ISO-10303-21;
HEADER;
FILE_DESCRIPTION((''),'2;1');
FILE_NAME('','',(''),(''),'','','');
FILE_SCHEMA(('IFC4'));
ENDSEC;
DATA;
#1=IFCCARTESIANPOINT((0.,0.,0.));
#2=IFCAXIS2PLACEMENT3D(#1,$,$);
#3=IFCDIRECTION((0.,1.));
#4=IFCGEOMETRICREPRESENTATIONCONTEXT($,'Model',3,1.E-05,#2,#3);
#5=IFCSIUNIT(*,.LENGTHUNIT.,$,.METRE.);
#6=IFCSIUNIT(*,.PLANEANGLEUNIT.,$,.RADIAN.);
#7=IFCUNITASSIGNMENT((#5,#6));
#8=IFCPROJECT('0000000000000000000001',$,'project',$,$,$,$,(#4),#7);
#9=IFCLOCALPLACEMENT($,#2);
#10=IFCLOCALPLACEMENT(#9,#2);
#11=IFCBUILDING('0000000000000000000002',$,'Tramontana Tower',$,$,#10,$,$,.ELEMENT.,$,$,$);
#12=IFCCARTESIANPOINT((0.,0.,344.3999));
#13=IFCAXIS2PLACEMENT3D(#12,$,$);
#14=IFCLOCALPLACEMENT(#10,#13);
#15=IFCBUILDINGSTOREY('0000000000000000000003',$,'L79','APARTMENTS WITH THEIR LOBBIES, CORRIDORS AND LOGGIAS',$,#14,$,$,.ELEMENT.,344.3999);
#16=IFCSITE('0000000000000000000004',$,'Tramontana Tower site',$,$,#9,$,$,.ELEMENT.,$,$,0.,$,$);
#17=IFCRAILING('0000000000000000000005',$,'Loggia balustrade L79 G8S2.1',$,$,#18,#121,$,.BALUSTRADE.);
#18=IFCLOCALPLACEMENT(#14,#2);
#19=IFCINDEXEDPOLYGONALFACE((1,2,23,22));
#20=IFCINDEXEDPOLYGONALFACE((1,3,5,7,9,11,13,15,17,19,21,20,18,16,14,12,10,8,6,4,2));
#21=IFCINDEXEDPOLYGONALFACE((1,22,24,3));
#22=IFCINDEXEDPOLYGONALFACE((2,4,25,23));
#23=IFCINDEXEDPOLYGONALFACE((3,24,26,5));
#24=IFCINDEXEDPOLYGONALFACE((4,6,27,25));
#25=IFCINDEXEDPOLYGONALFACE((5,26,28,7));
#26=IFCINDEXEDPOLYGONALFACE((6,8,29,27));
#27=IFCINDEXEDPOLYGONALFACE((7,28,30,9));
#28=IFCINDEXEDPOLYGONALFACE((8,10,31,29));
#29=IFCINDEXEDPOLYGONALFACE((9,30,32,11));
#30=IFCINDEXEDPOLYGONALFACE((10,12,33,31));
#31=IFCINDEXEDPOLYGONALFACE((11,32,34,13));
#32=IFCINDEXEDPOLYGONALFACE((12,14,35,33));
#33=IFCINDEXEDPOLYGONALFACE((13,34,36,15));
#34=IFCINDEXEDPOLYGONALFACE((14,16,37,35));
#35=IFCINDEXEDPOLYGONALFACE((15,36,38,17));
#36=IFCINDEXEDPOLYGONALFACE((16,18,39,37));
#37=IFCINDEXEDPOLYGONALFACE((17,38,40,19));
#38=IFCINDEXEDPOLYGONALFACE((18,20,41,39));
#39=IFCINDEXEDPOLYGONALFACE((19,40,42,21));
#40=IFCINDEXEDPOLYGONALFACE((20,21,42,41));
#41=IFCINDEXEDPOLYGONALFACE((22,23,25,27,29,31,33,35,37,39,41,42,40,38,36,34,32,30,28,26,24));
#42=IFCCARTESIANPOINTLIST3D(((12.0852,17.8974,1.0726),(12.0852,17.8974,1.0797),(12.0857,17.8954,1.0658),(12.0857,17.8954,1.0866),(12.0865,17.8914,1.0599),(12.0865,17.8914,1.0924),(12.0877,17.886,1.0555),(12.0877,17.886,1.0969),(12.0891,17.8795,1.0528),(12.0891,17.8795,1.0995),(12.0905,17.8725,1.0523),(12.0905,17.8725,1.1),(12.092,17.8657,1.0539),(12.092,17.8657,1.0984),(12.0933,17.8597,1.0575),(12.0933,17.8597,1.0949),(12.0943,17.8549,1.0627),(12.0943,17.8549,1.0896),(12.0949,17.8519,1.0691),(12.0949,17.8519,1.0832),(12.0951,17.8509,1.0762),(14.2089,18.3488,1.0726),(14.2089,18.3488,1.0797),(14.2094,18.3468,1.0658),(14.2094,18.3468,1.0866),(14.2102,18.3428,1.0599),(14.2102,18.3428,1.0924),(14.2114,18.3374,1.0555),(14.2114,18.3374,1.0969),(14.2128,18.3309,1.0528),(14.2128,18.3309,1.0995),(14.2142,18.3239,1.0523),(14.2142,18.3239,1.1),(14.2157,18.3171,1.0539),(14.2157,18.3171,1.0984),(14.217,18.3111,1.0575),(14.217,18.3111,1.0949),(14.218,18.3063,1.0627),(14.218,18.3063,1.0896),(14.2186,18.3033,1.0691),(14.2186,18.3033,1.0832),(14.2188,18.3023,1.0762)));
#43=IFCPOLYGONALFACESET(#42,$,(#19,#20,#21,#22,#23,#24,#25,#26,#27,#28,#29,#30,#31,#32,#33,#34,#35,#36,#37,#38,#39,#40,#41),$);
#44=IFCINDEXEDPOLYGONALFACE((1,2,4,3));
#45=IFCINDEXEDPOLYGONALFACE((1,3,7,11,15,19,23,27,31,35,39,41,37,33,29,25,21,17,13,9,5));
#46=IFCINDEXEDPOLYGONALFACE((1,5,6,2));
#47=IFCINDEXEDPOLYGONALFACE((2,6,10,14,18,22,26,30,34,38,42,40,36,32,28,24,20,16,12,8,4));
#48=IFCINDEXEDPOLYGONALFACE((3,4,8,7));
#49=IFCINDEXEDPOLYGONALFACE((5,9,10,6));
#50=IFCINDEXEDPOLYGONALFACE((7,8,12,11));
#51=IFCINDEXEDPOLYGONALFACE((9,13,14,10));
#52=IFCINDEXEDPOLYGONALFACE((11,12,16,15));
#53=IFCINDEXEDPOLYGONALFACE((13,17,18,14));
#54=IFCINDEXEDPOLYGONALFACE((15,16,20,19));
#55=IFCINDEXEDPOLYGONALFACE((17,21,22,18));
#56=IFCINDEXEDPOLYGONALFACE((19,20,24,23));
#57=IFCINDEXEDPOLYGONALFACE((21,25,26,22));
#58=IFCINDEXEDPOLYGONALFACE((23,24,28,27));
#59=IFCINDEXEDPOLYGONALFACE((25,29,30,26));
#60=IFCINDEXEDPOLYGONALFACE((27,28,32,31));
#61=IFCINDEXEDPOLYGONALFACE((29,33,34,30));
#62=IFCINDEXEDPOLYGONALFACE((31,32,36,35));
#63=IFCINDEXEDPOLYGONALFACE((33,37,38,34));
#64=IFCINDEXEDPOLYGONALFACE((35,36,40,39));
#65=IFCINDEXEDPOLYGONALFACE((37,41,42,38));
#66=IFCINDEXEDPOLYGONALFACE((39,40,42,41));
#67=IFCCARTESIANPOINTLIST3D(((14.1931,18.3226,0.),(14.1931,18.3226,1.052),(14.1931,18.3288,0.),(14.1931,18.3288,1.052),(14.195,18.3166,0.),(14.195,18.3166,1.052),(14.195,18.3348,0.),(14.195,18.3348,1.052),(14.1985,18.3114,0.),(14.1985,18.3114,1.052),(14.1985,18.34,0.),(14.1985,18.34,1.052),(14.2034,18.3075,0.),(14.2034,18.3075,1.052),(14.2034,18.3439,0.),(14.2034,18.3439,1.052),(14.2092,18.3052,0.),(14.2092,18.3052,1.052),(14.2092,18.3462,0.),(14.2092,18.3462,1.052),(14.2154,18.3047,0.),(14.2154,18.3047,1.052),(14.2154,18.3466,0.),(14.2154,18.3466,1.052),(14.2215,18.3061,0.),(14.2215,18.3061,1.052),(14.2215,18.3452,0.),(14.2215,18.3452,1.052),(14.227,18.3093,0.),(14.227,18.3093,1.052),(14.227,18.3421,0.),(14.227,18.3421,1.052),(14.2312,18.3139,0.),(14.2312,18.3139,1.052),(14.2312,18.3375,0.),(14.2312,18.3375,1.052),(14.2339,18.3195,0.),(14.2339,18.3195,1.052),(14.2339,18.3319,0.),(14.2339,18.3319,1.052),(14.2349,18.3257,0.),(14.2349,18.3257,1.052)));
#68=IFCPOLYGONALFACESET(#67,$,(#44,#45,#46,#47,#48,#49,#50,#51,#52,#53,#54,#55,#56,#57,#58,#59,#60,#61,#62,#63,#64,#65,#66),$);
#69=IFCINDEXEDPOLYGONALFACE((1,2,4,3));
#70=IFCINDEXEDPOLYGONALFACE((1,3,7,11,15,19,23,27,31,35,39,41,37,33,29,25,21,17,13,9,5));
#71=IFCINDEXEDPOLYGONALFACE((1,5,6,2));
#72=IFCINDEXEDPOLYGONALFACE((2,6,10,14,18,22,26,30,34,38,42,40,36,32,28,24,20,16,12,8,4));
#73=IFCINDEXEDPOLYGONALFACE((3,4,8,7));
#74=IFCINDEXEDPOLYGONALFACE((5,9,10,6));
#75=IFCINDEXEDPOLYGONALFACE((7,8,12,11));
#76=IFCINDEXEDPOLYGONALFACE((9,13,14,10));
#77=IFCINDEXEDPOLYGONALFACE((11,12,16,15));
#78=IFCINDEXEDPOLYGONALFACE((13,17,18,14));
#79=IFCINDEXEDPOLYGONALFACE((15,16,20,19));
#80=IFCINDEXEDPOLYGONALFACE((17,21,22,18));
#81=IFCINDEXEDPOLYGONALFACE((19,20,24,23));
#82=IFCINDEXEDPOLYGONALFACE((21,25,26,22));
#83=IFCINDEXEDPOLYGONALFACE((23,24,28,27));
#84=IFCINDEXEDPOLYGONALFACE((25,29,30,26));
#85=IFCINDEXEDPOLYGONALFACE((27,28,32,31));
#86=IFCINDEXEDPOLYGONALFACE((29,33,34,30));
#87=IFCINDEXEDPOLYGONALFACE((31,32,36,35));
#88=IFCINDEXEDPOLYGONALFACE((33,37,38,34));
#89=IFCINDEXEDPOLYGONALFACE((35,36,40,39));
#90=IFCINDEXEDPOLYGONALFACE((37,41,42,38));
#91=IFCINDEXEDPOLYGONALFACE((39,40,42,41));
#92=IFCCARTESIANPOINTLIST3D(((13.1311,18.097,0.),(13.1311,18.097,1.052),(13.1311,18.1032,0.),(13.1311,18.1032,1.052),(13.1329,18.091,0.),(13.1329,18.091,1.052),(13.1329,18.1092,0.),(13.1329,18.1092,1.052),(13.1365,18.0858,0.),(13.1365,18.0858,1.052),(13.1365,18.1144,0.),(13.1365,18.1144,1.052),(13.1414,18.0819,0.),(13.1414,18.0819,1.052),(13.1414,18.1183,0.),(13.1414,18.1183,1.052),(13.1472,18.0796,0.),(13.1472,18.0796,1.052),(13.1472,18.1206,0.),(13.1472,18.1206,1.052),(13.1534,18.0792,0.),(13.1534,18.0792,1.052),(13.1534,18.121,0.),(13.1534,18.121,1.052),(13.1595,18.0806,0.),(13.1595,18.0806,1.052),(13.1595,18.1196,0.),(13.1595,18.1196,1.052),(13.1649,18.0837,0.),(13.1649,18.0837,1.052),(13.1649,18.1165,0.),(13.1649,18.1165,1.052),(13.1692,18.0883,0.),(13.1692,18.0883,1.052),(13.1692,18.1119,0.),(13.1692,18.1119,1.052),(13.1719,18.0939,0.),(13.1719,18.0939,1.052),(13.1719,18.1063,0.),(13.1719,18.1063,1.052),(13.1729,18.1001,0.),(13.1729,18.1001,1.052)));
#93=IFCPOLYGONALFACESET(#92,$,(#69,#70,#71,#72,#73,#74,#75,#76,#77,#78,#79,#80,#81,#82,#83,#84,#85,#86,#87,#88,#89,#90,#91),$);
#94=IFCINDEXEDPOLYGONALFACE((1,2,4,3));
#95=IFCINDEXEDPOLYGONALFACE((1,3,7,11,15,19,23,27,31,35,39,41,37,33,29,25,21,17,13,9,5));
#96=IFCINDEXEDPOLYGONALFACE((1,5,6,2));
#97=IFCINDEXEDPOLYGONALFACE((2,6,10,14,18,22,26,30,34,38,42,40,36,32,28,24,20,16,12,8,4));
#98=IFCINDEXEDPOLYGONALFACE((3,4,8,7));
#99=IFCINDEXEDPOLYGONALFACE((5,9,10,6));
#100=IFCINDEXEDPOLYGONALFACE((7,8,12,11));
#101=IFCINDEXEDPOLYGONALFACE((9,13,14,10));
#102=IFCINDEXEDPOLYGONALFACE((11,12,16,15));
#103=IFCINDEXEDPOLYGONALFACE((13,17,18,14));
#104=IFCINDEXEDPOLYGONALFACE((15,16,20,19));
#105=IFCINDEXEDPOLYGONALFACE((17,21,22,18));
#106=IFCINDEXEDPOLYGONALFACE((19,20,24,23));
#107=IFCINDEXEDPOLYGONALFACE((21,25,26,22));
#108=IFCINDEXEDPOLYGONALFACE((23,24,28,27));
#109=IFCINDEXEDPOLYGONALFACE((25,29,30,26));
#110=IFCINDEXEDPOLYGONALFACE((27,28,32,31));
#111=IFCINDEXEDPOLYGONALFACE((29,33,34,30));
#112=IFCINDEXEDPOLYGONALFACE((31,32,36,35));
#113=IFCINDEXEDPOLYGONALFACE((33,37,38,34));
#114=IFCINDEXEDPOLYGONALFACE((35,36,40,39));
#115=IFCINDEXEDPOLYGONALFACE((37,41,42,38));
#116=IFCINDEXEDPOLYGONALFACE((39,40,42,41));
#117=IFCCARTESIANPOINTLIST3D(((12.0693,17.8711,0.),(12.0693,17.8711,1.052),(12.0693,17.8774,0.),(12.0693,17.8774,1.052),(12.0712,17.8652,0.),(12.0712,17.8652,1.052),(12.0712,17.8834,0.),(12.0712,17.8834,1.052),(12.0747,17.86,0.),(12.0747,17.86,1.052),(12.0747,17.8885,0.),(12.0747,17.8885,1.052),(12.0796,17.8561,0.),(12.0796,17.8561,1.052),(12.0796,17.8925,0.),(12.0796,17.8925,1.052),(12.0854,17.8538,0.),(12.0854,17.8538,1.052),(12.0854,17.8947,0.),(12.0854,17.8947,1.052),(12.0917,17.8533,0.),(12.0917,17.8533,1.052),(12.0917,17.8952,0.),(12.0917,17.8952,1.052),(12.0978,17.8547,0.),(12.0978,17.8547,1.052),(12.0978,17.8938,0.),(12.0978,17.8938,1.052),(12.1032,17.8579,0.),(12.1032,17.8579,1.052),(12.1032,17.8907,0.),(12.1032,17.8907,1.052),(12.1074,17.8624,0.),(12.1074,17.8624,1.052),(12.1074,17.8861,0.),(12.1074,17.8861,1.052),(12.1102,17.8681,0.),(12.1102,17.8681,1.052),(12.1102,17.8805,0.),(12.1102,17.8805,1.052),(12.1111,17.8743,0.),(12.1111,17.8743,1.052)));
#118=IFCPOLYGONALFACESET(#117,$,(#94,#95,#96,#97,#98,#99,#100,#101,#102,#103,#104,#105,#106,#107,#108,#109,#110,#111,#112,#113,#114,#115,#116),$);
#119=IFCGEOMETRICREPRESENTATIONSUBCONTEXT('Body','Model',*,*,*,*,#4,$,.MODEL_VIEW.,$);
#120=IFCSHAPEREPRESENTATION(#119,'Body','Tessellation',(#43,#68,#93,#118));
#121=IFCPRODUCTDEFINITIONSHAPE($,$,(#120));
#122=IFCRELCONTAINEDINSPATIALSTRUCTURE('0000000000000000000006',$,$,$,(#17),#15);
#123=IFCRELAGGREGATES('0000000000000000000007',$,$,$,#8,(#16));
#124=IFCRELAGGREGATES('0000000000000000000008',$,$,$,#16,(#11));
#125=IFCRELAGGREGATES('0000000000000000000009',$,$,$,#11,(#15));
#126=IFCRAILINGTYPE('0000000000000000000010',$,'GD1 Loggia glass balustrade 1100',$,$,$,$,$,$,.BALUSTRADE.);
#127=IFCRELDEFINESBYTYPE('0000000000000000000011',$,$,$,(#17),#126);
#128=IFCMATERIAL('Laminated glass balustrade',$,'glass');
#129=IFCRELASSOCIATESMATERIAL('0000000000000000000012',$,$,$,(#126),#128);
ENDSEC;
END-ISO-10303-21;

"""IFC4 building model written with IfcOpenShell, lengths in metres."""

from ifc_helpers import new_model, si_unit, direction, frame, origin, origin_2d, place, context, subcontext, project, spatial, circle, extrude, material, type_object, element, save


model = new_model("IFC4")

# Units and contexts
model_context = context("Model", 3, precision=1e-05, world=origin(), true_north=direction((0.0, 1.0)))
body_context = subcontext(model_context, "Body", "Model", "MODEL_VIEW")
ifc_project = project(units=[si_unit("LENGTHUNIT", "METRE"), si_unit("PLANEANGLEUNIT", "RADIAN")], contexts=[model_context])

# Site, building, storey
site_placement = place(None, origin())
site = spatial("IfcSite", under=ifc_project, at=site_placement, Name="Tramontana Tower site", CompositionType="ELEMENT", RefElevation=0.0)
building_placement = place(site_placement, origin())
building = spatial("IfcBuilding", under=site, at=building_placement, Name="Tramontana Tower", CompositionType="ELEMENT")
storey_placement = place(building_placement, frame((0.0, 0.0, 344.3999)))
storey = spatial("IfcBuildingStorey", under=building, at=storey_placement, Name="L79", Description="APARTMENTS WITH THEIR LOBBIES, CORRIDORS AND LOGGIAS", CompositionType="ELEMENT", Elevation=344.3999)

# Railing
ifc_material_1 = material(Name="Laminated glass balustrade", Category="glass")
railing_type = type_object("IfcRailingType", Name="GD1 Loggia glass balustrade 1100", PredefinedType="BALUSTRADE", material=ifc_material_1)
railing_1_placement = place(storey_placement, frame((14.2139, 18.3257, 0.0)))
element("IfcRailing", 1, at=railing_1_placement, inside=storey, type_object=railing_type, Name="Loggia balustrade L79 G8S2.1", PredefinedType="BALUSTRADE", context=body_context, shape_type="SweptSolid", body=[
    extrude(circle(Radius=0.0239, at=origin_2d()), frame((0.0, 0.0, 1.0762), z_axis=(-0.978148, -0.207909, 0.0), x_axis=(0.207909, -0.978148, 0.0)), (0.0, 0.0, 1.0), 2.1711),
    extrude(circle(Radius=0.021, at=origin_2d()), origin(), (0.0, 0.0, 1.0), 1.052),
    extrude(circle(Radius=0.021, at=origin_2d()), frame((-1.062, -0.2256, 0.0)), (0.0, 0.0, 1.0), 1.052),
    extrude(circle(Radius=0.021, at=origin_2d()), frame((-2.1238, -0.4514, 0.0)), (0.0, 0.0, 1.0), 1.052),
])

save(model, "model.ifc")
